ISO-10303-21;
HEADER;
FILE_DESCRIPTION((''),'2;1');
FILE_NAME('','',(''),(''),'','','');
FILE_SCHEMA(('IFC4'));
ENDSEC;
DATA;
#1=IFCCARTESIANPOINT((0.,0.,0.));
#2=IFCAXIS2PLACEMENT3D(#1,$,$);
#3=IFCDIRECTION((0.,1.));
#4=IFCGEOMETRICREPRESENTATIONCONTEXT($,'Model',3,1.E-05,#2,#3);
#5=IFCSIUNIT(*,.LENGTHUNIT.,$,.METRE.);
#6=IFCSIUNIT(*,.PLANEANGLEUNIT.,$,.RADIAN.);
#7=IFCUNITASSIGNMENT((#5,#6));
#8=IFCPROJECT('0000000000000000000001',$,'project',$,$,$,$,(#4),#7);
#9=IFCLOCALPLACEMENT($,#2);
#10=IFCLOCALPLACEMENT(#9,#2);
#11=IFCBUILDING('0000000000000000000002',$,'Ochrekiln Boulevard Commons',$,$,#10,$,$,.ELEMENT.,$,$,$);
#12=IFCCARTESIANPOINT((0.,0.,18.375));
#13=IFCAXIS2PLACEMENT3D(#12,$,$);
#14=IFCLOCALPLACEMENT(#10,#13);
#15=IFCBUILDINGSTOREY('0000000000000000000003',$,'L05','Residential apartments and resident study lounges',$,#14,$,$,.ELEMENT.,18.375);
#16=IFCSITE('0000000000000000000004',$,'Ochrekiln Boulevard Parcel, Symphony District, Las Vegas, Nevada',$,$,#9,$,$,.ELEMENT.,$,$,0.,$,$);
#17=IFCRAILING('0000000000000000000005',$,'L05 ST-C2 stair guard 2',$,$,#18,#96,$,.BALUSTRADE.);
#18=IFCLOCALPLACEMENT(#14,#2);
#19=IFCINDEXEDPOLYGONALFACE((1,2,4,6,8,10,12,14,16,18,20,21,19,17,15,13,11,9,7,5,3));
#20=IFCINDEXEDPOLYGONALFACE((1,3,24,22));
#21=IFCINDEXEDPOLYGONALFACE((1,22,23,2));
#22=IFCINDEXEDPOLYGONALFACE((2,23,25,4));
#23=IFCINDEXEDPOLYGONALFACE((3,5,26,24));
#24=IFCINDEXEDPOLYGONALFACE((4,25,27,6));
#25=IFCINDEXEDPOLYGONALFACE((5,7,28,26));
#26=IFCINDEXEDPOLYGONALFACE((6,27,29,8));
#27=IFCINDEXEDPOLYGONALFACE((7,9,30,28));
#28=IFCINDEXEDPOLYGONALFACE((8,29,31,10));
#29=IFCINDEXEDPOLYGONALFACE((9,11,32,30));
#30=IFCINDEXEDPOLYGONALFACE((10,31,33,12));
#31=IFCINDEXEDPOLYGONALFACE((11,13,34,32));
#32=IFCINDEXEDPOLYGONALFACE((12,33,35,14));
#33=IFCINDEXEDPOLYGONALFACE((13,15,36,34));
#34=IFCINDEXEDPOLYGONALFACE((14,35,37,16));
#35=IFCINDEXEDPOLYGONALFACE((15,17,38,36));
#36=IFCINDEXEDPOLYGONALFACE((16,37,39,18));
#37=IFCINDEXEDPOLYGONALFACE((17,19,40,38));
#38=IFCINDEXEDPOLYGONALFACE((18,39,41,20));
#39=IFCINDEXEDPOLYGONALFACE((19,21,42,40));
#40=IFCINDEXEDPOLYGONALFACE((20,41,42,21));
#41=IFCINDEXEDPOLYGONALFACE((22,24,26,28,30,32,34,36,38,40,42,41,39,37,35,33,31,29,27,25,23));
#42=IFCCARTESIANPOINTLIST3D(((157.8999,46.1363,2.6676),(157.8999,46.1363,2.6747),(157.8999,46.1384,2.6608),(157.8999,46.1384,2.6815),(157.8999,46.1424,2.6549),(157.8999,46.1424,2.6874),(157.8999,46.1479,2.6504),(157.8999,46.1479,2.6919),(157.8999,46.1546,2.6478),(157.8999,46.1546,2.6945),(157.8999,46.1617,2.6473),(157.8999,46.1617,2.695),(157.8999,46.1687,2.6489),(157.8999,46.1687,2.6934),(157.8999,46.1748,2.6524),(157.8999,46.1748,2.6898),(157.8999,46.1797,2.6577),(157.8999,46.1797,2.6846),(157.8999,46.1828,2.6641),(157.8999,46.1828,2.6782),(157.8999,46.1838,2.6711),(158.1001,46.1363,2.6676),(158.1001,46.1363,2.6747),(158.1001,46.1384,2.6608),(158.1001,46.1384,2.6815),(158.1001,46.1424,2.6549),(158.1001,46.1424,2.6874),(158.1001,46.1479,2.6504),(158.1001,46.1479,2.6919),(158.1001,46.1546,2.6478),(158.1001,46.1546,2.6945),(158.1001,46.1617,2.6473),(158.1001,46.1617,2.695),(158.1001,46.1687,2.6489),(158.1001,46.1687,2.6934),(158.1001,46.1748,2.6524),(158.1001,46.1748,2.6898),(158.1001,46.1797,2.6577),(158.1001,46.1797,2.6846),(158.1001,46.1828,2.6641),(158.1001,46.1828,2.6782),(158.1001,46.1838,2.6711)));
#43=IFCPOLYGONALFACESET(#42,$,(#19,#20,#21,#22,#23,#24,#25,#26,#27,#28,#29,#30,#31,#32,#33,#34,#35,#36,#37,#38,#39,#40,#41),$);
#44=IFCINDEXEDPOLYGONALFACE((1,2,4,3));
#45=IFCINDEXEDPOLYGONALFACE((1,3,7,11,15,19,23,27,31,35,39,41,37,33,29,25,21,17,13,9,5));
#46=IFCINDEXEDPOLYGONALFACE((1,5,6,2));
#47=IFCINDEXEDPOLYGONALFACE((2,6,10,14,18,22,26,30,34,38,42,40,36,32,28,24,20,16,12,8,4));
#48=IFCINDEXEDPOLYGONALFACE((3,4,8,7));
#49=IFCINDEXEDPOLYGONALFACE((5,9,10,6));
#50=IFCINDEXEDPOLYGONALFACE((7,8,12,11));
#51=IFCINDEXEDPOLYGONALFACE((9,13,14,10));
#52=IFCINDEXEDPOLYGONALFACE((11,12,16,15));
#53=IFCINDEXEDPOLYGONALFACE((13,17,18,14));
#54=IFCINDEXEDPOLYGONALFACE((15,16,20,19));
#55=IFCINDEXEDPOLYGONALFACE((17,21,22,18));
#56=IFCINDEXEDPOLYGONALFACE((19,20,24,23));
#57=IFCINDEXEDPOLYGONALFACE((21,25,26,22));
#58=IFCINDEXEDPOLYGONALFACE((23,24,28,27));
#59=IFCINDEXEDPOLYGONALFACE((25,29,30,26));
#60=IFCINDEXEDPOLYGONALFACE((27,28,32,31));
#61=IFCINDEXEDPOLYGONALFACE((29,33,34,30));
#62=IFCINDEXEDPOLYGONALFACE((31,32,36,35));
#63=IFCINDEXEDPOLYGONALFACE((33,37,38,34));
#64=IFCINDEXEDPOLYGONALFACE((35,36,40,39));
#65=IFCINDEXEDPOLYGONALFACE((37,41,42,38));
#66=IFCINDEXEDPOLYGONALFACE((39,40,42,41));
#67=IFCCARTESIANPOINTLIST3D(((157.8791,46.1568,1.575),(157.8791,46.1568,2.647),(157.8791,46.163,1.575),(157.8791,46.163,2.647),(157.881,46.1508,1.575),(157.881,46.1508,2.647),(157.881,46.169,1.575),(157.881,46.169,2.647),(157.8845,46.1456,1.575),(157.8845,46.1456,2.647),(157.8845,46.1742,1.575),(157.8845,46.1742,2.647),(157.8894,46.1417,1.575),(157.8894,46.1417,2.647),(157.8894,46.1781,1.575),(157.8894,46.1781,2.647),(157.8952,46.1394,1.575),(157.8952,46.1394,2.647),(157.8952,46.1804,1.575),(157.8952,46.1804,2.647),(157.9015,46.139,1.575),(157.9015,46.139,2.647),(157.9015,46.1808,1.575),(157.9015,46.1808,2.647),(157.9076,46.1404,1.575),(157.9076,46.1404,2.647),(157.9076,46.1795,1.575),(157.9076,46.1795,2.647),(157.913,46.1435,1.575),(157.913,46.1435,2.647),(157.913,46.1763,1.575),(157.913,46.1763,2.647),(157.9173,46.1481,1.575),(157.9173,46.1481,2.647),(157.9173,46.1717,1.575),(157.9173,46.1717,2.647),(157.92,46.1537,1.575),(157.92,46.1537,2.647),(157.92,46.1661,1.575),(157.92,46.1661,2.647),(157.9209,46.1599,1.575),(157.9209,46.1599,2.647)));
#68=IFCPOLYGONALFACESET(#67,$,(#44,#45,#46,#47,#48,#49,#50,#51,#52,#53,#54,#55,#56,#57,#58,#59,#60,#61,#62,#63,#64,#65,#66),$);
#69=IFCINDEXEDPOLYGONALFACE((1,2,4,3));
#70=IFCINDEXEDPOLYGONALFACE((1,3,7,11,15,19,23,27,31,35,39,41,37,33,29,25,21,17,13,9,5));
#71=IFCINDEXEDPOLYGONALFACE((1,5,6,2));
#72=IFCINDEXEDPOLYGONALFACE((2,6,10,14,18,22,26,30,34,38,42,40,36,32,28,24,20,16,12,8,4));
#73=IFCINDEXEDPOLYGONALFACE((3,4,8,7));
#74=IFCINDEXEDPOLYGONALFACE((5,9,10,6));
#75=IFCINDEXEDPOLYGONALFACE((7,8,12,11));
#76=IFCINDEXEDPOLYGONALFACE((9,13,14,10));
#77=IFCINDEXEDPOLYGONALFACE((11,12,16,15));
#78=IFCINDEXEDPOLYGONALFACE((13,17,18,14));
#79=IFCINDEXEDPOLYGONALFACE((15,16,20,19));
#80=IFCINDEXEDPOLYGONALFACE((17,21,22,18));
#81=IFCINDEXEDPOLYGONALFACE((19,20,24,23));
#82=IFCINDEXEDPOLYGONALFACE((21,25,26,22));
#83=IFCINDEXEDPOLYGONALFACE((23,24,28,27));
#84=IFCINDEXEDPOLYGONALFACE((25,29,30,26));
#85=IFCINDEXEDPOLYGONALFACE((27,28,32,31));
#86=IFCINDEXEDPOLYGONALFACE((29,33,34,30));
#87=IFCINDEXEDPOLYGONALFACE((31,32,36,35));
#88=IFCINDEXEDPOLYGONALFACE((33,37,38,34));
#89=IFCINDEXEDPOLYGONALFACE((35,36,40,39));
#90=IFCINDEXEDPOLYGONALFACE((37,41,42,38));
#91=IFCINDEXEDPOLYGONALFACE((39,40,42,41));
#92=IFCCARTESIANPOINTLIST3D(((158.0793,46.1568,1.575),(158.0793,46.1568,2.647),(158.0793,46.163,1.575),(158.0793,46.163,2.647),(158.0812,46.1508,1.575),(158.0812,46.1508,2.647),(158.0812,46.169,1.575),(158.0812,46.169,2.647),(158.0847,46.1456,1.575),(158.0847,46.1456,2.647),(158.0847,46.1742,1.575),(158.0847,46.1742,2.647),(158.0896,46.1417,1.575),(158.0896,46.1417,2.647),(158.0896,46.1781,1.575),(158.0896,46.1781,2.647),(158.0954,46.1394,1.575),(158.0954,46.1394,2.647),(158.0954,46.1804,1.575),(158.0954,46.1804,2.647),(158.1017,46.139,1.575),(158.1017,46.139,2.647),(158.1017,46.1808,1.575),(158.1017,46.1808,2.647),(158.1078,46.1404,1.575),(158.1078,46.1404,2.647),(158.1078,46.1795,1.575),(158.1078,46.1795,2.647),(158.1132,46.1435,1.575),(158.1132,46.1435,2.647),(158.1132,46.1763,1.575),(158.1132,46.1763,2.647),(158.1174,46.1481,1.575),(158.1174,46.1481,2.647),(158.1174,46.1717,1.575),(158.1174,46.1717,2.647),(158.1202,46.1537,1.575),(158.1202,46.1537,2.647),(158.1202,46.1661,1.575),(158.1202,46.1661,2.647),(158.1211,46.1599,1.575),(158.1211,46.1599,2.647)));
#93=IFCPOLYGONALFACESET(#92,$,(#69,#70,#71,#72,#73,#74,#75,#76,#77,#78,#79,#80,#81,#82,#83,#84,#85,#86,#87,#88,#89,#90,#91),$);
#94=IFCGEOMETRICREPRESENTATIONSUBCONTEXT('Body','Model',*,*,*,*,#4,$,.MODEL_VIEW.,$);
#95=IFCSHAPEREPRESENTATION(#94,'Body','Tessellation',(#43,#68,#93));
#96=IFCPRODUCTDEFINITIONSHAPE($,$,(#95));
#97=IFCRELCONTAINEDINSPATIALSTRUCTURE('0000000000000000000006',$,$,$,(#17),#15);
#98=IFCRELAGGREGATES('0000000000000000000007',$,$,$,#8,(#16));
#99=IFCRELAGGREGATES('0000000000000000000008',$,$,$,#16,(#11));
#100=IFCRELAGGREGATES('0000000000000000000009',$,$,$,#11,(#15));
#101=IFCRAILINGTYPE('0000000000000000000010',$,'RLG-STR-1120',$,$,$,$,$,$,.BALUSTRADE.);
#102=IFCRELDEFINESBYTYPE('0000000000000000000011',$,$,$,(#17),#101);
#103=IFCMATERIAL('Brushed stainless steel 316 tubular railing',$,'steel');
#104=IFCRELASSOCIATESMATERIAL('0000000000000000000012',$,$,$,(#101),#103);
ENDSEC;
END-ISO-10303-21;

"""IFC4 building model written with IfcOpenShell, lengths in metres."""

from ifc_helpers import new_model, si_unit, direction, frame, origin, origin_2d, place, context, subcontext, project, spatial, circle, extrude, material, type_object, element, save


model = new_model("IFC4")

# Units and contexts
model_context = context("Model", 3, precision=1e-05, world=origin(), true_north=direction((0.0, 1.0)))
body_context = subcontext(model_context, "Body", "Model", "MODEL_VIEW")
ifc_project = project(units=[si_unit("LENGTHUNIT", "METRE"), si_unit("PLANEANGLEUNIT", "RADIAN")], contexts=[model_context])

# Site, building, storey
site_placement = place(None, origin())
site = spatial("IfcSite", under=ifc_project, at=site_placement, Name="Ochrekiln Boulevard Parcel, Symphony District, Las Vegas, Nevada", CompositionType="ELEMENT", RefElevation=0.0)
building_placement = place(site_placement, origin())
building = spatial("IfcBuilding", under=site, at=building_placement, Name="Ochrekiln Boulevard Commons", CompositionType="ELEMENT")
storey_placement = place(building_placement, frame((0.0, 0.0, 18.375)))
storey = spatial("IfcBuildingStorey", under=building, at=storey_placement, Name="L05", Description="Residential apartments and resident study lounges", CompositionType="ELEMENT", Elevation=18.375)

# Railing
ifc_material_1 = material(Name="Brushed stainless steel 316 tubular railing", Category="steel")
railing_type_1 = type_object("IfcRailingType", Name="RLG-STR-1120", PredefinedType="BALUSTRADE", material=ifc_material_1)
railing_1_placement = place(storey_placement, frame((157.8999, 46.1599, 1.575)))
element("IfcRailing", 1, at=railing_1_placement, inside=storey, type_object=railing_type_1, Name="L05 ST-C2 stair guard 2", PredefinedType="BALUSTRADE", context=body_context, shape_type="SweptSolid", body=[
    extrude(circle(Radius=0.0239, at=origin_2d()), frame((0.0, 0.0, 1.0962), z_axis=(1.0, 0.0, 0.0), x_axis=(0.0, 1.0, 0.0)), (0.0, 0.0, 1.0), 0.2002),
    extrude(circle(Radius=0.021, at=origin_2d()), origin(), (0.0, 0.0, 1.0), 1.072),
    extrude(circle(Radius=0.021, at=origin_2d()), frame((0.2002, 0.0, 0.0)), (0.0, 0.0, 1.0), 1.072),
])

save(model, "model.ifc")
